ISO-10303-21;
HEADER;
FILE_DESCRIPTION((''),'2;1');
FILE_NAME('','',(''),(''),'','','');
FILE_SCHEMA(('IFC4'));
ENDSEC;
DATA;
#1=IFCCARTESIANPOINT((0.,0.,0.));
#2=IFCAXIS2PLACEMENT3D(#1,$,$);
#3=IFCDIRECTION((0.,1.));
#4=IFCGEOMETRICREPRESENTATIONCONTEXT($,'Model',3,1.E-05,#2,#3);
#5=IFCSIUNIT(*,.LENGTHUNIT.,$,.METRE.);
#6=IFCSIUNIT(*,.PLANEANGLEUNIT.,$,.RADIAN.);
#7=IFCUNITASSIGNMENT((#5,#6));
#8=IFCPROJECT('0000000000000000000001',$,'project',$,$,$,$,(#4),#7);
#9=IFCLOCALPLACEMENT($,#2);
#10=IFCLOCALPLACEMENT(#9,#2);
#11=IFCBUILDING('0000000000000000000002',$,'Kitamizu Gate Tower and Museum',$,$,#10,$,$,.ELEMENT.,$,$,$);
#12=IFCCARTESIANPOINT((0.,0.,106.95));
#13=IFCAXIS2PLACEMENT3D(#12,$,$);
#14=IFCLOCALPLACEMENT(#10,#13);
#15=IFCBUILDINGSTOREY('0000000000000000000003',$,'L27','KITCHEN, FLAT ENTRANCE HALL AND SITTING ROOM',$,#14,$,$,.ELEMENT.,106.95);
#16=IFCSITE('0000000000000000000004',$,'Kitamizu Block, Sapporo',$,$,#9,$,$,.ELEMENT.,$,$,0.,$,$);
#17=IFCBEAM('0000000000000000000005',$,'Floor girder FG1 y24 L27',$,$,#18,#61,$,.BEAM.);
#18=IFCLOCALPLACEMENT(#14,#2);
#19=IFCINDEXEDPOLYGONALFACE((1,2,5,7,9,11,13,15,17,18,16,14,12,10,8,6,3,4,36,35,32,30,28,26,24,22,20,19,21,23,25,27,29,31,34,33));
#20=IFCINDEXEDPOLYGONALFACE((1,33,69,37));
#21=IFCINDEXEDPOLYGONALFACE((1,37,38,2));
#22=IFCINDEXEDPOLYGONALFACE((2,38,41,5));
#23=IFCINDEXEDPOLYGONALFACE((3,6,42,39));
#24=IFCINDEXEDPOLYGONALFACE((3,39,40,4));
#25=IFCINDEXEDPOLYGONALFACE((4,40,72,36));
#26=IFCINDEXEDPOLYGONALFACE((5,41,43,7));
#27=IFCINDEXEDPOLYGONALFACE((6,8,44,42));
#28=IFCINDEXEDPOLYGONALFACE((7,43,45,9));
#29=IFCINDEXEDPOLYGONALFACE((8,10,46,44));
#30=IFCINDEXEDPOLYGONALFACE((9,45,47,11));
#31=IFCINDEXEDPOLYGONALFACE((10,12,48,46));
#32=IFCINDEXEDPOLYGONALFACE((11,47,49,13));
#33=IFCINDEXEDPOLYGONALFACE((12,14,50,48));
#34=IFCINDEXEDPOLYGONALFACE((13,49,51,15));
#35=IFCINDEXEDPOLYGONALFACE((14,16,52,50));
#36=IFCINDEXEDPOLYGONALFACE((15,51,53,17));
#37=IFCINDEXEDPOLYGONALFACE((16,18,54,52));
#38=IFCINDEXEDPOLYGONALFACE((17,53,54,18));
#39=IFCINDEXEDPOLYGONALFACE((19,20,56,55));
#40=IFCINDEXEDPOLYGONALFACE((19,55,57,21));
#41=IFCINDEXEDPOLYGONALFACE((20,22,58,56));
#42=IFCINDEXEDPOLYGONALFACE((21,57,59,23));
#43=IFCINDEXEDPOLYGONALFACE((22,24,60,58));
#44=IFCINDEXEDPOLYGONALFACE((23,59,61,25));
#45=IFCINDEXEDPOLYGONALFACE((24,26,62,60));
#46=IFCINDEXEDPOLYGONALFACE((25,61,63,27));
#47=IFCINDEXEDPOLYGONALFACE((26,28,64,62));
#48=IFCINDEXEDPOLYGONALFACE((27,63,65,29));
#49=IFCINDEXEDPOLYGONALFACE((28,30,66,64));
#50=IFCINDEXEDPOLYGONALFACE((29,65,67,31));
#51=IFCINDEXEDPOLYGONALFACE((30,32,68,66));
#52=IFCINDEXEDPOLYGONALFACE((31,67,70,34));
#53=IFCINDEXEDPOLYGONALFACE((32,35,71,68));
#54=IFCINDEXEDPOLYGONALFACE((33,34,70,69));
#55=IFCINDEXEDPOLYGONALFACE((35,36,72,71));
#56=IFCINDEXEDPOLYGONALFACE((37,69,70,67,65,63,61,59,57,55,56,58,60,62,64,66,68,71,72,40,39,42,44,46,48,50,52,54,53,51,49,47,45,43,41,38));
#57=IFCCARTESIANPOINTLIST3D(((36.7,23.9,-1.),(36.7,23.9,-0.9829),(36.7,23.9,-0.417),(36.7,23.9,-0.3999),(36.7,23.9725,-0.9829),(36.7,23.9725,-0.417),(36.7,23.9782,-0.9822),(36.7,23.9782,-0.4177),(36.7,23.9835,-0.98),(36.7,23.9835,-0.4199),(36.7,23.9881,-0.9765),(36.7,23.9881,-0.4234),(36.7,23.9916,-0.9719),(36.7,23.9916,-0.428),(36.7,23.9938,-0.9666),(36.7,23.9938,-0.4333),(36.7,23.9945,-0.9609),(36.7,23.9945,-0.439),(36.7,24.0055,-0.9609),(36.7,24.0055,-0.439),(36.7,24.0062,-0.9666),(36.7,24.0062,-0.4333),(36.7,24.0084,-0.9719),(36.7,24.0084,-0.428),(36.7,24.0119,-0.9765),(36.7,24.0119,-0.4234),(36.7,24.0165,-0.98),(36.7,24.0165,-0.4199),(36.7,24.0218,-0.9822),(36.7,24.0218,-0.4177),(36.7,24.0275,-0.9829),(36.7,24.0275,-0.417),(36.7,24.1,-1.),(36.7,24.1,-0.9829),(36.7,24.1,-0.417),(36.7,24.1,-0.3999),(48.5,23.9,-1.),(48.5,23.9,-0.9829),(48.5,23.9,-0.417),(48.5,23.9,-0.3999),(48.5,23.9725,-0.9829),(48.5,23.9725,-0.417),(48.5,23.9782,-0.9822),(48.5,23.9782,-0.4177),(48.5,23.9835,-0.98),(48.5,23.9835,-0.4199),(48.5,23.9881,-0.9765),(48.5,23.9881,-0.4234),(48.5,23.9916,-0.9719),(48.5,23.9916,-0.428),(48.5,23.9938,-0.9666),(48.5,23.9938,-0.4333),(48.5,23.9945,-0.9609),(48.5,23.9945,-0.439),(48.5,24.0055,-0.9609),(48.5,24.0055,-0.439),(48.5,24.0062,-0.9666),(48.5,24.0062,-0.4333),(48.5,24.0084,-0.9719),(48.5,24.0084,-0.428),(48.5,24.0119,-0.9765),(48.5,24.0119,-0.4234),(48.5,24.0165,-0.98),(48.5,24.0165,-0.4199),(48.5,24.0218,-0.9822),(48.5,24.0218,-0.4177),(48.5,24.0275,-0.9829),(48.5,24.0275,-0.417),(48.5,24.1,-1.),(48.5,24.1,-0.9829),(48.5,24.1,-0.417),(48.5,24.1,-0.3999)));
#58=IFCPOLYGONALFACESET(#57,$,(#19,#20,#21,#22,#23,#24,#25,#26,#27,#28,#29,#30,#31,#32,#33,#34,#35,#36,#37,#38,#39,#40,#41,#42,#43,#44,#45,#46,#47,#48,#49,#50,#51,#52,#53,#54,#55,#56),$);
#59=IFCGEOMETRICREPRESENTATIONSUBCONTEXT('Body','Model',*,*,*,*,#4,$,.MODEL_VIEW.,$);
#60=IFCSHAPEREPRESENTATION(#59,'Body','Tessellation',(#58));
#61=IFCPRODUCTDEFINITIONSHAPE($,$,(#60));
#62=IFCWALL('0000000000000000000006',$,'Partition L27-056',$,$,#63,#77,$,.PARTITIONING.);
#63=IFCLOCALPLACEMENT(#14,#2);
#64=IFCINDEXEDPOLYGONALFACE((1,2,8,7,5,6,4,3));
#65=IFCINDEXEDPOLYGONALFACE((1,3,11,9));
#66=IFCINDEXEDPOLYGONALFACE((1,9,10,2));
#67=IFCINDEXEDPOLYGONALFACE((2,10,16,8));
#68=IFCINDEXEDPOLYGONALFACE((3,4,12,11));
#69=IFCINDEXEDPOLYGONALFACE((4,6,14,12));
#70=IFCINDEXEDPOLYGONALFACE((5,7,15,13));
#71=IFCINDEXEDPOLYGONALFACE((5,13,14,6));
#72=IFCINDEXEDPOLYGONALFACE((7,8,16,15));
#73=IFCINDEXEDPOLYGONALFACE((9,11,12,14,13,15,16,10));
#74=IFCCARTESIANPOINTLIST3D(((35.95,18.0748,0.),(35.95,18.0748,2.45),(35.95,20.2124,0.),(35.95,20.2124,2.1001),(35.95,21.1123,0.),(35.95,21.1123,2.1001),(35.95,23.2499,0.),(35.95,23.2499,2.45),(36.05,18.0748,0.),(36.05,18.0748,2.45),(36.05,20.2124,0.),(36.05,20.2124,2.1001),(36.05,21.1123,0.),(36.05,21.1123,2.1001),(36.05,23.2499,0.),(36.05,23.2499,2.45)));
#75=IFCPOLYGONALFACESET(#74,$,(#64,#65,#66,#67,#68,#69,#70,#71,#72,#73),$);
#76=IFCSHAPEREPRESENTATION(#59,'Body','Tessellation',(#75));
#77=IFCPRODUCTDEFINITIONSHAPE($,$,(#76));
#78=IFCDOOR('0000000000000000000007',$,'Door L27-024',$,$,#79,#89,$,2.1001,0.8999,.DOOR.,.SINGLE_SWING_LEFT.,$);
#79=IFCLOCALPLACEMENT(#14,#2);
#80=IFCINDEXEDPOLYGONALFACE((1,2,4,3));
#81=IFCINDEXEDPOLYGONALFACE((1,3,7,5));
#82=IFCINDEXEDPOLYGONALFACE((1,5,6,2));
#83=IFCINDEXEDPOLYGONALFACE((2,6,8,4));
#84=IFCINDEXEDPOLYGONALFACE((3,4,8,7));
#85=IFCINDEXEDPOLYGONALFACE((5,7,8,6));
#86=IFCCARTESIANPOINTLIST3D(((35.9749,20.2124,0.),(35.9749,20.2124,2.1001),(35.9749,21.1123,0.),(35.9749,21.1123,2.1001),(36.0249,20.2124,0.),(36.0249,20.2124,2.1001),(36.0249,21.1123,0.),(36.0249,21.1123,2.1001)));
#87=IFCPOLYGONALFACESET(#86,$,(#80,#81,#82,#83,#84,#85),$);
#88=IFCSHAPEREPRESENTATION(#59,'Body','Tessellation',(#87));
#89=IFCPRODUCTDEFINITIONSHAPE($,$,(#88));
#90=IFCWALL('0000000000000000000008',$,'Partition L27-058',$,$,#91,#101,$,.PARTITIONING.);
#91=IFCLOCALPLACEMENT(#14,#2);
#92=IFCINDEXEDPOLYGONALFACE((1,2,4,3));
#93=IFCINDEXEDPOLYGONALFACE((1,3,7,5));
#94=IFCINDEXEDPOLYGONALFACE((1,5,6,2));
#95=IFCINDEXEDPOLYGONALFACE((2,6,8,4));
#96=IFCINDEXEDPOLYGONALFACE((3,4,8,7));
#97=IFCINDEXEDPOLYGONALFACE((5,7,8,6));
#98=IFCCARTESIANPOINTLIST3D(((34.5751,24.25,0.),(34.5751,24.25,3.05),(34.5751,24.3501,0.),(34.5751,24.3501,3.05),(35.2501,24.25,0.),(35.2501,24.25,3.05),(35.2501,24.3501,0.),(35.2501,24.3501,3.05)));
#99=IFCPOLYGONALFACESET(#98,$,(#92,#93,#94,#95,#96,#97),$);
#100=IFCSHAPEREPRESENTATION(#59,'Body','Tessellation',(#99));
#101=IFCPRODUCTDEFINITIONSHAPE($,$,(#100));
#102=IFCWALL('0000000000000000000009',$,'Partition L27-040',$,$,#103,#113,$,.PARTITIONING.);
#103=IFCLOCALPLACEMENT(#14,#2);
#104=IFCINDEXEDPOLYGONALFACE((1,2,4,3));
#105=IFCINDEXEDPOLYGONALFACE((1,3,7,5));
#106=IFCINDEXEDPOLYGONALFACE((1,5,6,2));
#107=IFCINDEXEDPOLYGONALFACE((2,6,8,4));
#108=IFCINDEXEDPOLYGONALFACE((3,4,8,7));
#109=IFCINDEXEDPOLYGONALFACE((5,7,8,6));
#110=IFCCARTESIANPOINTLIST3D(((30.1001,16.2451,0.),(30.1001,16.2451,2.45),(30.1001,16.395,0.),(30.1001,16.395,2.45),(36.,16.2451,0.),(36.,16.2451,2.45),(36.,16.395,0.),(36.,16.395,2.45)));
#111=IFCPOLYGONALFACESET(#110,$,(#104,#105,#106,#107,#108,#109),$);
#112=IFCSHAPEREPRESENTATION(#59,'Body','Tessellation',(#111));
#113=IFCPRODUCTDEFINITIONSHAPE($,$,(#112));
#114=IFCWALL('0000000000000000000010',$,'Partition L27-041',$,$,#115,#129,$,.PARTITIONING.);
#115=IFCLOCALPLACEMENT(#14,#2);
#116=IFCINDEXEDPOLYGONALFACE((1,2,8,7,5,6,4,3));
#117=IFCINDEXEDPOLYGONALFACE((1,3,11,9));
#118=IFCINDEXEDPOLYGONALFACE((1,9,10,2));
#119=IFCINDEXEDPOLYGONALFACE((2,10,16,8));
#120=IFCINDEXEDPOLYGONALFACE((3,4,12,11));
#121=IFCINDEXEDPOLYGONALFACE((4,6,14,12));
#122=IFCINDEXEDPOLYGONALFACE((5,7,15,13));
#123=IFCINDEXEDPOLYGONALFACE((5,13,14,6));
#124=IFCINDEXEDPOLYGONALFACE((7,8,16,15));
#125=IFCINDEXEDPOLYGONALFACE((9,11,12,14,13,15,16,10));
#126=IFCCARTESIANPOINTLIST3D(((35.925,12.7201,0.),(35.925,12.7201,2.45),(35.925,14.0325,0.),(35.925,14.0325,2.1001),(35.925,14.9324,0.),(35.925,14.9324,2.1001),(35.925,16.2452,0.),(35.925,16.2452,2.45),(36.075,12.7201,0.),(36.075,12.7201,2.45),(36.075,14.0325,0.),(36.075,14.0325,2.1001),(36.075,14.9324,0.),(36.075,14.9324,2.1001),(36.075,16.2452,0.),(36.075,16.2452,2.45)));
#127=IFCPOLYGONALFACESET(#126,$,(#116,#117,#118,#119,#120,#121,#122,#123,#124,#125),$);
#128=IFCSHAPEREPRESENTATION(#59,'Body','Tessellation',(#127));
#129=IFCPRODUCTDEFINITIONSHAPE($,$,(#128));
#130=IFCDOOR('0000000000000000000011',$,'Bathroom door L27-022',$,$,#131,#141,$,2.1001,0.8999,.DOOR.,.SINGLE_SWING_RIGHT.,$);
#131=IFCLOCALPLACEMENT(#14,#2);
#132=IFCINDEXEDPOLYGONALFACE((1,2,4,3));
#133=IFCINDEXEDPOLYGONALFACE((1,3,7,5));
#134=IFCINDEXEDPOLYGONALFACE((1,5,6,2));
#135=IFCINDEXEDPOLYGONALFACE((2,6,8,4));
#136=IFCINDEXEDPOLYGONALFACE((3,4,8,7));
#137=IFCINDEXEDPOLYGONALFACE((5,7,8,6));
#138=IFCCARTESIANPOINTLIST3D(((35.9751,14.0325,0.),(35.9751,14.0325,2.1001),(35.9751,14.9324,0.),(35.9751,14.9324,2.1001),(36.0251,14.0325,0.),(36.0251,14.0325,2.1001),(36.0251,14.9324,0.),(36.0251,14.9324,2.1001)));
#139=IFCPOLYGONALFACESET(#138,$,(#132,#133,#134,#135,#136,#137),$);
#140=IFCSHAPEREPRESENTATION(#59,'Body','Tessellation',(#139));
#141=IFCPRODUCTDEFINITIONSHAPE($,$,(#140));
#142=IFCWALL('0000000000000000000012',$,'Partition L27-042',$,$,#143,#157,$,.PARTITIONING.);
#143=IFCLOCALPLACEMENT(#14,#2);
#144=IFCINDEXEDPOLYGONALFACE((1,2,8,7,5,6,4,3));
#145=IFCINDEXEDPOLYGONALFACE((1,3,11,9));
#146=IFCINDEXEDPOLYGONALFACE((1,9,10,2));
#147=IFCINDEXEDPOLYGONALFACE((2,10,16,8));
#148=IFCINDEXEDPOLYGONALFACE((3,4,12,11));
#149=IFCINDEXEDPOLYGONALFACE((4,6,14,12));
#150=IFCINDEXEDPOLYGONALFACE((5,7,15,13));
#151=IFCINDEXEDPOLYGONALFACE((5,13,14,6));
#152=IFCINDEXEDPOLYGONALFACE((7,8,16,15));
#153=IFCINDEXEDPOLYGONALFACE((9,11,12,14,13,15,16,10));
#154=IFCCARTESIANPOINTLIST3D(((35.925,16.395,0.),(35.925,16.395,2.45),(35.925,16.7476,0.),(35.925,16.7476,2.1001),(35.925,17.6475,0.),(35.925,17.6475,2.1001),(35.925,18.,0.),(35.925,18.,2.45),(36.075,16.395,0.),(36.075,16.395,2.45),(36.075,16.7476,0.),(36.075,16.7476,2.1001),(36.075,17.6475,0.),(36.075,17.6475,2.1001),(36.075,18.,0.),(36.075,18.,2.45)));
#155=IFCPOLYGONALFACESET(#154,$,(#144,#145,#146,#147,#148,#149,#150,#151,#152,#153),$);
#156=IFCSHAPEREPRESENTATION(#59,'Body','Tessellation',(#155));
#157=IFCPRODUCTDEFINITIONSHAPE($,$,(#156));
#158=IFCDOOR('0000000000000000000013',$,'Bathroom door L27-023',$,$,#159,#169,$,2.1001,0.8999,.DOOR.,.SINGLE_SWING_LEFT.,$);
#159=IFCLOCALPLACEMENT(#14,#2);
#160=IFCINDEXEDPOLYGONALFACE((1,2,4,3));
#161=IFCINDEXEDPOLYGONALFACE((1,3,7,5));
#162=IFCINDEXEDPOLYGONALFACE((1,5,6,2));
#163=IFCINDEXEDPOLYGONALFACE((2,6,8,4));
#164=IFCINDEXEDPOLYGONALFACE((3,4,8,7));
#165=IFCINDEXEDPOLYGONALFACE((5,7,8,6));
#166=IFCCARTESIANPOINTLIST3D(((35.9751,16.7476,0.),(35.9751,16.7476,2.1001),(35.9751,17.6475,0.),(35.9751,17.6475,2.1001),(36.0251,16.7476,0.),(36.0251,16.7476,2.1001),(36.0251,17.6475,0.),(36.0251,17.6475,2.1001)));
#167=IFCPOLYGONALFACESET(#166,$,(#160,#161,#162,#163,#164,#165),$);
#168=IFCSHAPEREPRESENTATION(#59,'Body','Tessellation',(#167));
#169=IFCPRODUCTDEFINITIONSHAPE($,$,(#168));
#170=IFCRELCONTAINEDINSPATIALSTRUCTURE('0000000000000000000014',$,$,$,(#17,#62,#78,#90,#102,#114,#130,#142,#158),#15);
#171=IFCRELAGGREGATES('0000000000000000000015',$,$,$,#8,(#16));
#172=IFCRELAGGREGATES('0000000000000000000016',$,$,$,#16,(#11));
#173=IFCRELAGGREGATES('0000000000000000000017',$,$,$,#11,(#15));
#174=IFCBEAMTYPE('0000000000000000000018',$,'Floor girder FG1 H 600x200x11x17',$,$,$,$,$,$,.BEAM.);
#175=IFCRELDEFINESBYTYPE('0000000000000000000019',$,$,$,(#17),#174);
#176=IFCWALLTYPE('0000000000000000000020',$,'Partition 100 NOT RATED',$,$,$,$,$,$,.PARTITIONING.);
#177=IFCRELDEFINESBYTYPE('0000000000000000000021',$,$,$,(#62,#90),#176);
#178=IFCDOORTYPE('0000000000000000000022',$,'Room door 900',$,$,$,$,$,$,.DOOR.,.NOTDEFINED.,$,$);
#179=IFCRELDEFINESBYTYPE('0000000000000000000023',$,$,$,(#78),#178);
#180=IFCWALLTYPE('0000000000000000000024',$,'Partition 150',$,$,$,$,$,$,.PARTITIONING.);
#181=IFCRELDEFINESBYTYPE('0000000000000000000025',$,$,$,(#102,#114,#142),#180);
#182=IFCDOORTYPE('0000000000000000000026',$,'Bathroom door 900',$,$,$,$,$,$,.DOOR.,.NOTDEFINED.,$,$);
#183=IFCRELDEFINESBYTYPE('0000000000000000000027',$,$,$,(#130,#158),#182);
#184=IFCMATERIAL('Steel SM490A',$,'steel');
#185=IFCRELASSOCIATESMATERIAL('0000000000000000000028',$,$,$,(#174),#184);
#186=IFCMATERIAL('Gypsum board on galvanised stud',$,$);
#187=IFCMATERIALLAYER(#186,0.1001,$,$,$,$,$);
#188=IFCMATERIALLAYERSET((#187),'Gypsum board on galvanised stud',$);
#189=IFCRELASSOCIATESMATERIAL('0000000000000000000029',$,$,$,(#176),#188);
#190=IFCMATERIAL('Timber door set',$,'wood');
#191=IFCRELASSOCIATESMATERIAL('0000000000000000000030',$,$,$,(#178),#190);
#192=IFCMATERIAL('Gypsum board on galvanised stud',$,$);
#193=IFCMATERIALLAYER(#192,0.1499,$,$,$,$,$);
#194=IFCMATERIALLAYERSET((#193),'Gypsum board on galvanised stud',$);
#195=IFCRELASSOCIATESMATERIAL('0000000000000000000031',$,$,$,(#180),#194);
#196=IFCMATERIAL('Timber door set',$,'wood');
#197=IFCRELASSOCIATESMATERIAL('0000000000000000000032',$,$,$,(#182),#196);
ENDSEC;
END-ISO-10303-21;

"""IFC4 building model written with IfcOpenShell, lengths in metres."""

from ifc_helpers import new_model, si_unit, direction, frame, frame_2d, origin, origin_2d, place, context, subcontext, project, spatial, rectangle, i_section, extrude, material, layer, layer_set, material_profile, profile_set, type_object, element, fill, save


model = new_model("IFC4")

# Units and contexts
model_context = context("Model", 3, precision=1e-05, world=origin(), true_north=direction((0.0, 1.0)))
body_context = subcontext(model_context, "Body", "Model", "MODEL_VIEW")
ifc_project = project(units=[si_unit("LENGTHUNIT", "METRE"), si_unit("PLANEANGLEUNIT", "RADIAN")], contexts=[model_context])

# Site, building, storey
site_placement = place(None, origin())
site = spatial("IfcSite", under=ifc_project, at=site_placement, Name="Kitamizu Block, Sapporo", CompositionType="ELEMENT", RefElevation=0.0)
building_placement = place(site_placement, origin())
building = spatial("IfcBuilding", under=site, at=building_placement, Name="Kitamizu Gate Tower and Museum", CompositionType="ELEMENT")
storey_placement = place(building_placement, frame((0.0, 0.0, 106.95)))
storey = spatial("IfcBuildingStorey", under=building, at=storey_placement, Name="L27", Description="KITCHEN, FLAT ENTRANCE HALL AND SITTING ROOM", CompositionType="ELEMENT", Elevation=106.95)

# Beam
ifc_material_1 = material(Name="Steel SM490A", Category="steel")
ifc_material_profile_1 = material_profile(ifc_material_1, i_section(OverallWidth=0.2, OverallDepth=0.6001, WebThickness=0.011, FlangeThickness=0.0171, FilletRadius=0.022, at=origin_2d()), Name="H-600x200x11x17")
ifc_profile_set_1 = profile_set([ifc_material_profile_1], Name="Steel SM490A")
beam_type_1 = type_object("IfcBeamType", Name="Floor girder FG1 H 600x200x11x17", PredefinedType="BEAM", material=ifc_profile_set_1)
beam_1_placement = place(storey_placement, frame((36.7, 24.0, -0.7), z_axis=(1.0, 0.0, 0.0), x_axis=(0.0, 1.0, 0.0)))
element("IfcBeam", 1, at=beam_1_placement, inside=storey, type_object=beam_type_1, Name="Floor girder FG1 y24 L27", PredefinedType="BEAM", context=body_context, shape_type="SweptSolid", body=[
    extrude(i_section(OverallWidth=0.2, OverallDepth=0.6001, WebThickness=0.011, FlangeThickness=0.0171, FilletRadius=0.022, at=origin_2d()), origin(), (0.0, 0.0, 1.0), 11.8),
])

# Wall, opening, door
ifc_material_2 = material(Name="Gypsum board on galvanised stud")
ifc_layer_1 = layer(ifc_material_2, 0.1001)
ifc_layer_set_1 = layer_set([ifc_layer_1], Name="Gypsum board on galvanised stud")
wall_type_1 = type_object("IfcWallType", Name="Partition 100 NOT RATED", PredefinedType="PARTITIONING", material=ifc_layer_set_1)
wall_1_placement = place(storey_placement, frame((36.0, 18.075, 0.0), z_axis=(0.0, 0.0, 1.0), x_axis=(0.0, 1.0, 0.0)))
wall_1 = element("IfcWall", 2, at=wall_1_placement, inside=storey, type_object=wall_type_1, Name="Partition L27-056", PredefinedType="PARTITIONING", context=body_context, shape_type="SweptSolid", body=[
    extrude(rectangle(XDim=5.175, YDim=0.1001, at=frame_2d((2.5874, 0.0))), origin(), (0.0, 0.0, 1.0), 2.45),
])
opening_1_placement = place(wall_1_placement, frame((2.1375, 0.0, 0.0)))
opening_1 = element("IfcOpeningElement", 3, at=opening_1_placement, cuts=wall_1, PredefinedType="OPENING", context=body_context, shape_type="SweptSolid", body=[
    extrude(rectangle(XDim=0.8999, YDim=2.1001, at=frame_2d((0.45, 1.05))), frame((0.0, 0.0601, 0.0), z_axis=(0.0, -1.0, 0.0), x_axis=(1.0, 0.0, 0.0)), (0.0, 0.0, 1.0), 0.1201),
])
ifc_material_3 = material(Name="Timber door set", Category="wood")
door_type_1 = type_object("IfcDoorType", Name="Room door 900", OperationType="NOTDEFINED", PredefinedType="DOOR", material=ifc_material_3)
door_1_placement = place(opening_1_placement, frame((0.8999, 0.0, 0.0), x_axis=(-1.0, 0.0, 0.0)))
door_1 = element("IfcDoor", 4, at=door_1_placement, inside=storey, type_object=door_type_1, Name="Door L27-024", OperationType="SINGLE_SWING_LEFT", OverallHeight=2.1001, OverallWidth=0.8999, PredefinedType="DOOR", context=body_context, shape_type="SweptSolid", body=[
    extrude(rectangle(XDim=0.8999, YDim=2.1001, at=frame_2d((0.45, 1.05))), frame((0.0, 0.0249, 0.0), z_axis=(0.0, -1.0, 0.0), x_axis=(1.0, 0.0, 0.0)), (0.0, 0.0, 1.0), 0.05),
])
fill(opening_1, door_1)

# Walls
wall_2_placement = place(storey_placement, frame((35.25, 24.3, 0.0), z_axis=(0.0, 0.0, 1.0), x_axis=(-1.0, 0.0, 0.0)))
element("IfcWall", 5, at=wall_2_placement, inside=storey, type_object=wall_type_1, Name="Partition L27-058", PredefinedType="PARTITIONING", context=body_context, shape_type="SweptSolid", body=[
    extrude(rectangle(XDim=0.675, YDim=0.1001, at=frame_2d((0.3374, 0.0))), origin(), (0.0, 0.0, 1.0), 3.05),
])
ifc_material_4 = material(Name="Gypsum board on galvanised stud")
ifc_layer_2 = layer(ifc_material_4, 0.1499)
ifc_layer_set_2 = layer_set([ifc_layer_2], Name="Gypsum board on galvanised stud")
wall_type_2 = type_object("IfcWallType", Name="Partition 150", PredefinedType="PARTITIONING", material=ifc_layer_set_2)
wall_3_placement = place(storey_placement, frame((36.0, 16.3201, 0.0), z_axis=(0.0, 0.0, 1.0), x_axis=(-1.0, 0.0, 0.0)))
element("IfcWall", 6, at=wall_3_placement, inside=storey, type_object=wall_type_2, Name="Partition L27-040", PredefinedType="PARTITIONING", context=body_context, shape_type="SweptSolid", body=[
    extrude(rectangle(XDim=5.8999, YDim=0.1499, at=frame_2d((2.95, 0.0))), origin(), (0.0, 0.0, 1.0), 2.45),
])

# Walls, openings, doors
wall_4_placement = place(storey_placement, frame((36.0, 12.72, 0.0), z_axis=(0.0, 0.0, 1.0), x_axis=(0.0, 1.0, 0.0)))
wall_4 = element("IfcWall", 7, at=wall_4_placement, inside=storey, type_object=wall_type_2, Name="Partition L27-041", PredefinedType="PARTITIONING", context=body_context, shape_type="SweptSolid", body=[
    extrude(rectangle(XDim=3.5251, YDim=0.1499, at=frame_2d((1.7627, 0.0))), origin(), (0.0, 0.0, 1.0), 2.45),
])
opening_2_placement = place(wall_4_placement, frame((1.3125, 0.0, 0.0)))
opening_2 = element("IfcOpeningElement", 8, at=opening_2_placement, cuts=wall_4, PredefinedType="OPENING", context=body_context, shape_type="SweptSolid", body=[
    extrude(rectangle(XDim=0.8999, YDim=2.1001, at=frame_2d((0.45, 1.05))), frame((0.0, 0.085, 0.0), z_axis=(0.0, -1.0, 0.0), x_axis=(1.0, 0.0, 0.0)), (0.0, 0.0, 1.0), 0.1699),
])
ifc_material_5 = material(Name="Timber door set", Category="wood")
door_type_2 = type_object("IfcDoorType", Name="Bathroom door 900", OperationType="NOTDEFINED", PredefinedType="DOOR", material=ifc_material_5)
door_2_placement = place(opening_2_placement, origin())
door_2 = element("IfcDoor", 9, at=door_2_placement, inside=storey, type_object=door_type_2, Name="Bathroom door L27-022", OperationType="SINGLE_SWING_RIGHT", OverallHeight=2.1001, OverallWidth=0.8999, PredefinedType="DOOR", context=body_context, shape_type="SweptSolid", body=[
    extrude(rectangle(XDim=0.8999, YDim=2.1001, at=frame_2d((0.45, 1.05))), frame((0.0, 0.0249, 0.0), z_axis=(0.0, -1.0, 0.0), x_axis=(1.0, 0.0, 0.0)), (0.0, 0.0, 1.0), 0.05),
])
fill(opening_2, door_2)
wall_5_placement = place(storey_placement, frame((36.0, 16.395, 0.0), z_axis=(0.0, 0.0, 1.0), x_axis=(0.0, 1.0, 0.0)))
wall_5 = element("IfcWall", 10, at=wall_5_placement, inside=storey, type_object=wall_type_2, Name="Partition L27-042", PredefinedType="PARTITIONING", context=body_context, shape_type="SweptSolid", body=[
    extrude(rectangle(XDim=1.605, YDim=0.1499, at=frame_2d((0.8025, 0.0))), origin(), (0.0, 0.0, 1.0), 2.45),
])
opening_3_placement = place(wall_5_placement, frame((0.3525, 0.0, 0.0)))
opening_3 = element("IfcOpeningElement", 11, at=opening_3_placement, cuts=wall_5, PredefinedType="OPENING", context=body_context, shape_type="SweptSolid", body=[
    extrude(rectangle(XDim=0.8999, YDim=2.1001, at=frame_2d((0.45, 1.05))), frame((0.0, 0.085, 0.0), z_axis=(0.0, -1.0, 0.0), x_axis=(1.0, 0.0, 0.0)), (0.0, 0.0, 1.0), 0.1699),
])
door_3_placement = place(opening_3_placement, origin())
door_3 = element("IfcDoor", 12, at=door_3_placement, inside=storey, type_object=door_type_2, Name="Bathroom door L27-023", OperationType="SINGLE_SWING_LEFT", OverallHeight=2.1001, OverallWidth=0.8999, PredefinedType="DOOR", context=body_context, shape_type="SweptSolid", body=[
    extrude(rectangle(XDim=0.8999, YDim=2.1001, at=frame_2d((0.45, 1.05))), frame((0.0, 0.0249, 0.0), z_axis=(0.0, -1.0, 0.0), x_axis=(1.0, 0.0, 0.0)), (0.0, 0.0, 1.0), 0.05),
])
fill(opening_3, door_3)

save(model, "model.ifc")
